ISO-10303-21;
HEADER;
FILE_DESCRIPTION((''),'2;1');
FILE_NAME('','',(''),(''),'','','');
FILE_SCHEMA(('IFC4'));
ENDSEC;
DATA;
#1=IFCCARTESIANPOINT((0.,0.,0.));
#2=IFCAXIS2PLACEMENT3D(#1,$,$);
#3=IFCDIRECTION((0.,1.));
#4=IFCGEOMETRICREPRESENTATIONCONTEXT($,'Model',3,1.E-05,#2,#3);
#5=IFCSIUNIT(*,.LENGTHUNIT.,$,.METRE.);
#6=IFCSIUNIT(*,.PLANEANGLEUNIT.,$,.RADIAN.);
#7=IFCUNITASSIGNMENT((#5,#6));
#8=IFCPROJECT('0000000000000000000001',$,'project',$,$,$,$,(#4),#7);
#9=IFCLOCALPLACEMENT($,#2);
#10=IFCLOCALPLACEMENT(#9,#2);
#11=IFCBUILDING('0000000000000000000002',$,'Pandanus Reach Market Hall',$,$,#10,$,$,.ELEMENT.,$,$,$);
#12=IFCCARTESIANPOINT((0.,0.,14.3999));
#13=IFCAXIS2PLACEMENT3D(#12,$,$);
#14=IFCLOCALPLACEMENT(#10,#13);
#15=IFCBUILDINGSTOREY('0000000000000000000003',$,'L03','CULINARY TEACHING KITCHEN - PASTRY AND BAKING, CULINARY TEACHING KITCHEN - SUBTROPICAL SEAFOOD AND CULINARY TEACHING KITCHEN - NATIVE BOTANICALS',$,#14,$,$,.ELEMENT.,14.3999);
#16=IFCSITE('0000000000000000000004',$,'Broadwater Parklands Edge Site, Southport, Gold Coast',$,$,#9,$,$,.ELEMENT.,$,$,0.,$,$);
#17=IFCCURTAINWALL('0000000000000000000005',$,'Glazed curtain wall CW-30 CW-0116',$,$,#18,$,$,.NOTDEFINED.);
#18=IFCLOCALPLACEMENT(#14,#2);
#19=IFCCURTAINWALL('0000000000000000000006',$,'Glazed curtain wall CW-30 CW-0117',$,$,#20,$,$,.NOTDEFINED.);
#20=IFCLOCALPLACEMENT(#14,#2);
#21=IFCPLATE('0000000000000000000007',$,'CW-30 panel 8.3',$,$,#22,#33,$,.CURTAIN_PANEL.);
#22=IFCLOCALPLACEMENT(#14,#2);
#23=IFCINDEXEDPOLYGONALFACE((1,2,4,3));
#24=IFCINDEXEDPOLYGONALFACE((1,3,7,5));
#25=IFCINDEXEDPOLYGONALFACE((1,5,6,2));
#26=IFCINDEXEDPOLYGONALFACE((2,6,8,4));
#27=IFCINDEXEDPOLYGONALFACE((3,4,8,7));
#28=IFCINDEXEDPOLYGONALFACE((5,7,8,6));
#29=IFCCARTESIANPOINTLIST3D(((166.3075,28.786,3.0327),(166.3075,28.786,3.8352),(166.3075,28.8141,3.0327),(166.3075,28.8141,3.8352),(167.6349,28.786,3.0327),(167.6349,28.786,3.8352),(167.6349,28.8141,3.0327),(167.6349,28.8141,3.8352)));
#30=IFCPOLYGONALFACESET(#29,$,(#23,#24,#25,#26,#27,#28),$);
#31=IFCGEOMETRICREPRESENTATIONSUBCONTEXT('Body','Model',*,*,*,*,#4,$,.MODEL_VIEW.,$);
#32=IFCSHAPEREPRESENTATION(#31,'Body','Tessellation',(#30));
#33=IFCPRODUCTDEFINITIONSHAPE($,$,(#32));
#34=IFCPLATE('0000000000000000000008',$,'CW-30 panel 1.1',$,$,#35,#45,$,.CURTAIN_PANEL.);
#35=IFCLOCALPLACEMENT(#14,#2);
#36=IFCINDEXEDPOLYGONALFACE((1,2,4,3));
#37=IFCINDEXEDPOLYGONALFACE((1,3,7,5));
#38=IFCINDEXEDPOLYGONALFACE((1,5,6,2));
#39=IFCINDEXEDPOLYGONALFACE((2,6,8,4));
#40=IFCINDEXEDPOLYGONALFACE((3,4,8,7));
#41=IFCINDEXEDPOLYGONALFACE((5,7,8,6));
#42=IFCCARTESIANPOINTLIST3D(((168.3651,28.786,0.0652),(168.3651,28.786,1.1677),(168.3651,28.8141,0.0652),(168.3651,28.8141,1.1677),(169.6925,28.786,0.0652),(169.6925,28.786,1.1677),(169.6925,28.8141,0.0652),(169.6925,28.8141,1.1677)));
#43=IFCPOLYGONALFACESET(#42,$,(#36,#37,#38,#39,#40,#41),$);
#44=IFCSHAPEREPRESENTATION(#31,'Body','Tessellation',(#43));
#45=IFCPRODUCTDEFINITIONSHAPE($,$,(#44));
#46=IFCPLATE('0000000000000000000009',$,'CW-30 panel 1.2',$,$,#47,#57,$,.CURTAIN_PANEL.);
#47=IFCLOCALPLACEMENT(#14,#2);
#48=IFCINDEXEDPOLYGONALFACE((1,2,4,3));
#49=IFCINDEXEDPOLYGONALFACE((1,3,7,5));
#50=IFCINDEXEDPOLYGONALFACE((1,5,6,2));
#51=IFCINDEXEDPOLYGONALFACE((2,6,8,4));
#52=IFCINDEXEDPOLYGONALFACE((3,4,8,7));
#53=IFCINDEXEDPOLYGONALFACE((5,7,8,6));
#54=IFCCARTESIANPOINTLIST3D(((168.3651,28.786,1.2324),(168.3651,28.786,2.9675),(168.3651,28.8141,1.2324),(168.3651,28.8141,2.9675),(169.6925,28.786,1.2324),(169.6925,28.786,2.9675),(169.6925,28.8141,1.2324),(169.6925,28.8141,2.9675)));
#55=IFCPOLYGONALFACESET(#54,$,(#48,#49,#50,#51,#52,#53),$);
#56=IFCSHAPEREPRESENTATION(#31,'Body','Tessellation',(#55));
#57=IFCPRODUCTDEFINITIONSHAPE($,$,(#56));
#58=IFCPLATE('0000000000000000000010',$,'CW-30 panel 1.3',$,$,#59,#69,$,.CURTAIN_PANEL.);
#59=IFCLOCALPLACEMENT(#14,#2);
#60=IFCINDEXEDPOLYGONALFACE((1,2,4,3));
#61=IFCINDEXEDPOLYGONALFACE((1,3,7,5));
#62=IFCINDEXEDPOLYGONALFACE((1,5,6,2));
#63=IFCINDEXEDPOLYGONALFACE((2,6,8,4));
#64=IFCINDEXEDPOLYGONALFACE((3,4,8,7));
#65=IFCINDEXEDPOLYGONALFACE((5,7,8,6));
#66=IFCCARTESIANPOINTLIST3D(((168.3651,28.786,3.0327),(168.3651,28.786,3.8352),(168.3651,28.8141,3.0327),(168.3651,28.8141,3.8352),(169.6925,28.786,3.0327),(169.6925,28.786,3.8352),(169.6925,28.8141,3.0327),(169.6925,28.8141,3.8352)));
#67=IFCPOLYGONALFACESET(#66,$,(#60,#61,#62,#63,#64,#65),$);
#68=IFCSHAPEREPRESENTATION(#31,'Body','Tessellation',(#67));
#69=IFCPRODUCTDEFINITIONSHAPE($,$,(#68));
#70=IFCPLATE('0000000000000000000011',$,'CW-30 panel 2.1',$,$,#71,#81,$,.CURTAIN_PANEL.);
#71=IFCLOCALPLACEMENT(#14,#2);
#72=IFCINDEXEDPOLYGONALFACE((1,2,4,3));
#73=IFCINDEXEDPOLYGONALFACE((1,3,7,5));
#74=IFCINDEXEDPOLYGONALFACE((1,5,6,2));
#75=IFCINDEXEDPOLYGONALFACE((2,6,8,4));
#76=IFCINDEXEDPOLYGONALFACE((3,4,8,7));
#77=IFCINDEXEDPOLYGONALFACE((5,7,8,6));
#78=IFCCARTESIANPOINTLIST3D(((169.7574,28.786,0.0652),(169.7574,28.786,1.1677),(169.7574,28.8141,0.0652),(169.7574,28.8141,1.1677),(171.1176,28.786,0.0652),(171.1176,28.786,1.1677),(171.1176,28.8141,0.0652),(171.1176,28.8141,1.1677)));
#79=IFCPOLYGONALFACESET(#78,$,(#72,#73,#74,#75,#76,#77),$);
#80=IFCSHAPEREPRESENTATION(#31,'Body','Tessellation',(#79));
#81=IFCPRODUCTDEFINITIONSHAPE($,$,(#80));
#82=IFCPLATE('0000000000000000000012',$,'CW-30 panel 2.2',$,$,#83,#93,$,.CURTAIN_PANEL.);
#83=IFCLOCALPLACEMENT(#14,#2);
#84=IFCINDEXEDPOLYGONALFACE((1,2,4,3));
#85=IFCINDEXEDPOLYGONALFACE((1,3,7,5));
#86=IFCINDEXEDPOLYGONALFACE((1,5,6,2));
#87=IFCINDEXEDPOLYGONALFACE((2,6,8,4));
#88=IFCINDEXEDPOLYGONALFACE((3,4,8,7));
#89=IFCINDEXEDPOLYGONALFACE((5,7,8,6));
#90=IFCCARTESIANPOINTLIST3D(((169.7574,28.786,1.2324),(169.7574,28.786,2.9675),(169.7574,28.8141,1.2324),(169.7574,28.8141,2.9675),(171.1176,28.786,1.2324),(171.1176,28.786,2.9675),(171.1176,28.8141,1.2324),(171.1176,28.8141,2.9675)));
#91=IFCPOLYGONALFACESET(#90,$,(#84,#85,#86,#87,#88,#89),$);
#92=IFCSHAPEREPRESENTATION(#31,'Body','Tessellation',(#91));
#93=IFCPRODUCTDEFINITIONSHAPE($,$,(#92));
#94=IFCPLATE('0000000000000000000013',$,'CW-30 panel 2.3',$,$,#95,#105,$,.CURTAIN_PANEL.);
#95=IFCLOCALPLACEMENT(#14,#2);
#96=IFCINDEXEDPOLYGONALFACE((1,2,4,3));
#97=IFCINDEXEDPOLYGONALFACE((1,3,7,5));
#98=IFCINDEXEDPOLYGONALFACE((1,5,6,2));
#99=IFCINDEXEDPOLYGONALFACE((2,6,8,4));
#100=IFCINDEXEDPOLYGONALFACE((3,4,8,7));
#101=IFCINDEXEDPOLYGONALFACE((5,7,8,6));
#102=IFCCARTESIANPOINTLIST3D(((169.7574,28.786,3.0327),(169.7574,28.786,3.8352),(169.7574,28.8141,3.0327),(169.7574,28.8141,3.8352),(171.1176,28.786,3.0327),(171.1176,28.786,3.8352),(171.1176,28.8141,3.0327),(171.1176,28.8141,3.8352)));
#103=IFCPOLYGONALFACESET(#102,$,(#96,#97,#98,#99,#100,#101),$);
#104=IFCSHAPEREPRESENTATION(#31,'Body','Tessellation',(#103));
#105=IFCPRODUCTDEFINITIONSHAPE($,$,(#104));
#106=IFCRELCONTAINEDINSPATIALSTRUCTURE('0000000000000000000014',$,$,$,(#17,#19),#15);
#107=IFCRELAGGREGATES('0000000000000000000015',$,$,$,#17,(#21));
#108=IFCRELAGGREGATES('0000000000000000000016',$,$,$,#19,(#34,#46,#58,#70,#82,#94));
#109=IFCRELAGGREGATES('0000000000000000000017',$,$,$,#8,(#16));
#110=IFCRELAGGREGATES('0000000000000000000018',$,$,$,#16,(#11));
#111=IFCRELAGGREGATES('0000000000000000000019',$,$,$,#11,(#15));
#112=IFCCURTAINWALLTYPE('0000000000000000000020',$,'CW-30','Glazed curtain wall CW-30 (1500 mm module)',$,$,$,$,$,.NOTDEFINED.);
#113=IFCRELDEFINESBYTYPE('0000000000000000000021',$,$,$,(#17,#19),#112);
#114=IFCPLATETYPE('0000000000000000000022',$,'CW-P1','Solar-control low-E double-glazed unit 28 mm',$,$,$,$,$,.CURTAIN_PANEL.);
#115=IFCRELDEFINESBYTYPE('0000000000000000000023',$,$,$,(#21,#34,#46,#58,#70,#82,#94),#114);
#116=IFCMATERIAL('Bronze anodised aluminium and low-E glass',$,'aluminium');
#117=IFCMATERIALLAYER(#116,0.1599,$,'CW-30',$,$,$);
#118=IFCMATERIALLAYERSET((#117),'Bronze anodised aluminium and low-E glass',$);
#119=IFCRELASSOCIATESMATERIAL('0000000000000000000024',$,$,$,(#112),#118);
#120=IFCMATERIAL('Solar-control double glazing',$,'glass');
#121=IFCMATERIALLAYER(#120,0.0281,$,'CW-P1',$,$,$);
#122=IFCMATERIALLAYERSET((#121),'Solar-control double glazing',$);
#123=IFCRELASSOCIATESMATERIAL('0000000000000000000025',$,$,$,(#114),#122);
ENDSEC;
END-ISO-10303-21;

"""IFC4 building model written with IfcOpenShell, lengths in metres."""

from ifc_helpers import new_model, si_unit, direction, frame, origin, origin_2d, place, context, subcontext, project, spatial, rectangle, extrude, material, layer, layer_set, type_object, element, aggregate, save


model = new_model("IFC4")

# Units and contexts
model_context = context("Model", 3, precision=1e-05, world=origin(), true_north=direction((0.0, 1.0)))
body_context = subcontext(model_context, "Body", "Model", "MODEL_VIEW")
ifc_project = project(units=[si_unit("LENGTHUNIT", "METRE"), si_unit("PLANEANGLEUNIT", "RADIAN")], contexts=[model_context])

# Site, building, storey
site_placement = place(None, origin())
site = spatial("IfcSite", under=ifc_project, at=site_placement, Name="Broadwater Parklands Edge Site, Southport, Gold Coast", CompositionType="ELEMENT", RefElevation=0.0)
building_placement = place(site_placement, origin())
building = spatial("IfcBuilding", under=site, at=building_placement, Name="Pandanus Reach Market Hall", CompositionType="ELEMENT")
storey_placement = place(building_placement, frame((0.0, 0.0, 14.3999)))
storey = spatial("IfcBuildingStorey", under=building, at=storey_placement, Name="L03", Description="CULINARY TEACHING KITCHEN - PASTRY AND BAKING, CULINARY TEACHING KITCHEN - SUBTROPICAL SEAFOOD AND CULINARY TEACHING KITCHEN - NATIVE BOTANICALS", CompositionType="ELEMENT", Elevation=14.3999)

# Curtain wall
ifc_material_1 = material(Name="Bronze anodised aluminium and low-E glass", Category="aluminium")
ifc_layer_1 = layer(ifc_material_1, 0.1599, Name="CW-30")
ifc_layer_set_1 = layer_set([ifc_layer_1], Name="Bronze anodised aluminium and low-E glass")
curtain_wall_type = type_object("IfcCurtainWallType", Name="CW-30", Description="Glazed curtain wall CW-30 (1500 mm module)", PredefinedType="NOTDEFINED", material=ifc_layer_set_1)
curtain_wall_1_placement = place(storey_placement, origin())
curtain_wall_1 = element("IfcCurtainWall", 1, at=curtain_wall_1_placement, inside=storey, type_object=curtain_wall_type, Name="Glazed curtain wall CW-30 CW-0116", PredefinedType="NOTDEFINED")

# Curtain wall
curtain_wall_2_placement = place(storey_placement, origin())
curtain_wall_2 = element("IfcCurtainWall", 2, at=curtain_wall_2_placement, inside=storey, type_object=curtain_wall_type, Name="Glazed curtain wall CW-30 CW-0117", PredefinedType="NOTDEFINED")

# Plates
ifc_material_2 = material(Name="Solar-control double glazing", Category="glass")
ifc_layer_2 = layer(ifc_material_2, 0.0281, Name="CW-P1")
ifc_layer_set_2 = layer_set([ifc_layer_2], Name="Solar-control double glazing")
plate_type = type_object("IfcPlateType", Name="CW-P1", Description="Solar-control low-E double-glazed unit 28 mm", PredefinedType="CURTAIN_PANEL", material=ifc_layer_set_2)
plate_1_placement = place(storey_placement, frame((166.9712, 28.8, 3.0327), z_axis=(0.0, 0.0, 1.0), x_axis=(1.0, 0.0, 0.0)))
plate_1 = element("IfcPlate", 3, at=plate_1_placement, type_object=plate_type, Name="CW-30 panel 8.3", PredefinedType="CURTAIN_PANEL", context=body_context, shape_type="SweptSolid", body=[
    extrude(rectangle(XDim=1.3274, YDim=0.0281, at=origin_2d()), origin(), (0.0, 0.0, 1.0), 0.8025),
])
aggregate(curtain_wall_1, [plate_1])
plate_2_placement = place(storey_placement, frame((169.0288, 28.8, 0.0652), z_axis=(0.0, 0.0, 1.0), x_axis=(1.0, 0.0, 0.0)))
plate_2 = element("IfcPlate", 4, at=plate_2_placement, type_object=plate_type, Name="CW-30 panel 1.1", PredefinedType="CURTAIN_PANEL", context=body_context, shape_type="SweptSolid", body=[
    extrude(rectangle(XDim=1.3274, YDim=0.0281, at=origin_2d()), origin(), (0.0, 0.0, 1.0), 1.1025),
])
plate_3_placement = place(storey_placement, frame((169.0288, 28.8, 1.2324), z_axis=(0.0, 0.0, 1.0), x_axis=(1.0, 0.0, 0.0)))
plate_3 = element("IfcPlate", 5, at=plate_3_placement, type_object=plate_type, Name="CW-30 panel 1.2", PredefinedType="CURTAIN_PANEL", context=body_context, shape_type="SweptSolid", body=[
    extrude(rectangle(XDim=1.3274, YDim=0.0281, at=origin_2d()), origin(), (0.0, 0.0, 1.0), 1.7351),
])
plate_4_placement = place(storey_placement, frame((169.0288, 28.8, 3.0327), z_axis=(0.0, 0.0, 1.0), x_axis=(1.0, 0.0, 0.0)))
plate_4 = element("IfcPlate", 6, at=plate_4_placement, type_object=plate_type, Name="CW-30 panel 1.3", PredefinedType="CURTAIN_PANEL", context=body_context, shape_type="SweptSolid", body=[
    extrude(rectangle(XDim=1.3274, YDim=0.0281, at=origin_2d()), origin(), (0.0, 0.0, 1.0), 0.8025),
])
plate_5_placement = place(storey_placement, frame((170.4375, 28.8, 0.0652), z_axis=(0.0, 0.0, 1.0), x_axis=(1.0, 0.0, 0.0)))
plate_5 = element("IfcPlate", 7, at=plate_5_placement, type_object=plate_type, Name="CW-30 panel 2.1", PredefinedType="CURTAIN_PANEL", context=body_context, shape_type="SweptSolid", body=[
    extrude(rectangle(XDim=1.3601, YDim=0.0281, at=origin_2d()), origin(), (0.0, 0.0, 1.0), 1.1025),
])
plate_6_placement = place(storey_placement, frame((170.4375, 28.8, 1.2324), z_axis=(0.0, 0.0, 1.0), x_axis=(1.0, 0.0, 0.0)))
plate_6 = element("IfcPlate", 8, at=plate_6_placement, type_object=plate_type, Name="CW-30 panel 2.2", PredefinedType="CURTAIN_PANEL", context=body_context, shape_type="SweptSolid", body=[
    extrude(rectangle(XDim=1.3601, YDim=0.0281, at=origin_2d()), origin(), (0.0, 0.0, 1.0), 1.7351),
])
plate_7_placement = place(storey_placement, frame((170.4375, 28.8, 3.0327), z_axis=(0.0, 0.0, 1.0), x_axis=(1.0, 0.0, 0.0)))
plate_7 = element("IfcPlate", 9, at=plate_7_placement, type_object=plate_type, Name="CW-30 panel 2.3", PredefinedType="CURTAIN_PANEL", context=body_context, shape_type="SweptSolid", body=[
    extrude(rectangle(XDim=1.3601, YDim=0.0281, at=origin_2d()), origin(), (0.0, 0.0, 1.0), 0.8025),
])
aggregate(curtain_wall_2, [plate_2, plate_3, plate_4, plate_5, plate_6, plate_7])

save(model, "model.ifc")
